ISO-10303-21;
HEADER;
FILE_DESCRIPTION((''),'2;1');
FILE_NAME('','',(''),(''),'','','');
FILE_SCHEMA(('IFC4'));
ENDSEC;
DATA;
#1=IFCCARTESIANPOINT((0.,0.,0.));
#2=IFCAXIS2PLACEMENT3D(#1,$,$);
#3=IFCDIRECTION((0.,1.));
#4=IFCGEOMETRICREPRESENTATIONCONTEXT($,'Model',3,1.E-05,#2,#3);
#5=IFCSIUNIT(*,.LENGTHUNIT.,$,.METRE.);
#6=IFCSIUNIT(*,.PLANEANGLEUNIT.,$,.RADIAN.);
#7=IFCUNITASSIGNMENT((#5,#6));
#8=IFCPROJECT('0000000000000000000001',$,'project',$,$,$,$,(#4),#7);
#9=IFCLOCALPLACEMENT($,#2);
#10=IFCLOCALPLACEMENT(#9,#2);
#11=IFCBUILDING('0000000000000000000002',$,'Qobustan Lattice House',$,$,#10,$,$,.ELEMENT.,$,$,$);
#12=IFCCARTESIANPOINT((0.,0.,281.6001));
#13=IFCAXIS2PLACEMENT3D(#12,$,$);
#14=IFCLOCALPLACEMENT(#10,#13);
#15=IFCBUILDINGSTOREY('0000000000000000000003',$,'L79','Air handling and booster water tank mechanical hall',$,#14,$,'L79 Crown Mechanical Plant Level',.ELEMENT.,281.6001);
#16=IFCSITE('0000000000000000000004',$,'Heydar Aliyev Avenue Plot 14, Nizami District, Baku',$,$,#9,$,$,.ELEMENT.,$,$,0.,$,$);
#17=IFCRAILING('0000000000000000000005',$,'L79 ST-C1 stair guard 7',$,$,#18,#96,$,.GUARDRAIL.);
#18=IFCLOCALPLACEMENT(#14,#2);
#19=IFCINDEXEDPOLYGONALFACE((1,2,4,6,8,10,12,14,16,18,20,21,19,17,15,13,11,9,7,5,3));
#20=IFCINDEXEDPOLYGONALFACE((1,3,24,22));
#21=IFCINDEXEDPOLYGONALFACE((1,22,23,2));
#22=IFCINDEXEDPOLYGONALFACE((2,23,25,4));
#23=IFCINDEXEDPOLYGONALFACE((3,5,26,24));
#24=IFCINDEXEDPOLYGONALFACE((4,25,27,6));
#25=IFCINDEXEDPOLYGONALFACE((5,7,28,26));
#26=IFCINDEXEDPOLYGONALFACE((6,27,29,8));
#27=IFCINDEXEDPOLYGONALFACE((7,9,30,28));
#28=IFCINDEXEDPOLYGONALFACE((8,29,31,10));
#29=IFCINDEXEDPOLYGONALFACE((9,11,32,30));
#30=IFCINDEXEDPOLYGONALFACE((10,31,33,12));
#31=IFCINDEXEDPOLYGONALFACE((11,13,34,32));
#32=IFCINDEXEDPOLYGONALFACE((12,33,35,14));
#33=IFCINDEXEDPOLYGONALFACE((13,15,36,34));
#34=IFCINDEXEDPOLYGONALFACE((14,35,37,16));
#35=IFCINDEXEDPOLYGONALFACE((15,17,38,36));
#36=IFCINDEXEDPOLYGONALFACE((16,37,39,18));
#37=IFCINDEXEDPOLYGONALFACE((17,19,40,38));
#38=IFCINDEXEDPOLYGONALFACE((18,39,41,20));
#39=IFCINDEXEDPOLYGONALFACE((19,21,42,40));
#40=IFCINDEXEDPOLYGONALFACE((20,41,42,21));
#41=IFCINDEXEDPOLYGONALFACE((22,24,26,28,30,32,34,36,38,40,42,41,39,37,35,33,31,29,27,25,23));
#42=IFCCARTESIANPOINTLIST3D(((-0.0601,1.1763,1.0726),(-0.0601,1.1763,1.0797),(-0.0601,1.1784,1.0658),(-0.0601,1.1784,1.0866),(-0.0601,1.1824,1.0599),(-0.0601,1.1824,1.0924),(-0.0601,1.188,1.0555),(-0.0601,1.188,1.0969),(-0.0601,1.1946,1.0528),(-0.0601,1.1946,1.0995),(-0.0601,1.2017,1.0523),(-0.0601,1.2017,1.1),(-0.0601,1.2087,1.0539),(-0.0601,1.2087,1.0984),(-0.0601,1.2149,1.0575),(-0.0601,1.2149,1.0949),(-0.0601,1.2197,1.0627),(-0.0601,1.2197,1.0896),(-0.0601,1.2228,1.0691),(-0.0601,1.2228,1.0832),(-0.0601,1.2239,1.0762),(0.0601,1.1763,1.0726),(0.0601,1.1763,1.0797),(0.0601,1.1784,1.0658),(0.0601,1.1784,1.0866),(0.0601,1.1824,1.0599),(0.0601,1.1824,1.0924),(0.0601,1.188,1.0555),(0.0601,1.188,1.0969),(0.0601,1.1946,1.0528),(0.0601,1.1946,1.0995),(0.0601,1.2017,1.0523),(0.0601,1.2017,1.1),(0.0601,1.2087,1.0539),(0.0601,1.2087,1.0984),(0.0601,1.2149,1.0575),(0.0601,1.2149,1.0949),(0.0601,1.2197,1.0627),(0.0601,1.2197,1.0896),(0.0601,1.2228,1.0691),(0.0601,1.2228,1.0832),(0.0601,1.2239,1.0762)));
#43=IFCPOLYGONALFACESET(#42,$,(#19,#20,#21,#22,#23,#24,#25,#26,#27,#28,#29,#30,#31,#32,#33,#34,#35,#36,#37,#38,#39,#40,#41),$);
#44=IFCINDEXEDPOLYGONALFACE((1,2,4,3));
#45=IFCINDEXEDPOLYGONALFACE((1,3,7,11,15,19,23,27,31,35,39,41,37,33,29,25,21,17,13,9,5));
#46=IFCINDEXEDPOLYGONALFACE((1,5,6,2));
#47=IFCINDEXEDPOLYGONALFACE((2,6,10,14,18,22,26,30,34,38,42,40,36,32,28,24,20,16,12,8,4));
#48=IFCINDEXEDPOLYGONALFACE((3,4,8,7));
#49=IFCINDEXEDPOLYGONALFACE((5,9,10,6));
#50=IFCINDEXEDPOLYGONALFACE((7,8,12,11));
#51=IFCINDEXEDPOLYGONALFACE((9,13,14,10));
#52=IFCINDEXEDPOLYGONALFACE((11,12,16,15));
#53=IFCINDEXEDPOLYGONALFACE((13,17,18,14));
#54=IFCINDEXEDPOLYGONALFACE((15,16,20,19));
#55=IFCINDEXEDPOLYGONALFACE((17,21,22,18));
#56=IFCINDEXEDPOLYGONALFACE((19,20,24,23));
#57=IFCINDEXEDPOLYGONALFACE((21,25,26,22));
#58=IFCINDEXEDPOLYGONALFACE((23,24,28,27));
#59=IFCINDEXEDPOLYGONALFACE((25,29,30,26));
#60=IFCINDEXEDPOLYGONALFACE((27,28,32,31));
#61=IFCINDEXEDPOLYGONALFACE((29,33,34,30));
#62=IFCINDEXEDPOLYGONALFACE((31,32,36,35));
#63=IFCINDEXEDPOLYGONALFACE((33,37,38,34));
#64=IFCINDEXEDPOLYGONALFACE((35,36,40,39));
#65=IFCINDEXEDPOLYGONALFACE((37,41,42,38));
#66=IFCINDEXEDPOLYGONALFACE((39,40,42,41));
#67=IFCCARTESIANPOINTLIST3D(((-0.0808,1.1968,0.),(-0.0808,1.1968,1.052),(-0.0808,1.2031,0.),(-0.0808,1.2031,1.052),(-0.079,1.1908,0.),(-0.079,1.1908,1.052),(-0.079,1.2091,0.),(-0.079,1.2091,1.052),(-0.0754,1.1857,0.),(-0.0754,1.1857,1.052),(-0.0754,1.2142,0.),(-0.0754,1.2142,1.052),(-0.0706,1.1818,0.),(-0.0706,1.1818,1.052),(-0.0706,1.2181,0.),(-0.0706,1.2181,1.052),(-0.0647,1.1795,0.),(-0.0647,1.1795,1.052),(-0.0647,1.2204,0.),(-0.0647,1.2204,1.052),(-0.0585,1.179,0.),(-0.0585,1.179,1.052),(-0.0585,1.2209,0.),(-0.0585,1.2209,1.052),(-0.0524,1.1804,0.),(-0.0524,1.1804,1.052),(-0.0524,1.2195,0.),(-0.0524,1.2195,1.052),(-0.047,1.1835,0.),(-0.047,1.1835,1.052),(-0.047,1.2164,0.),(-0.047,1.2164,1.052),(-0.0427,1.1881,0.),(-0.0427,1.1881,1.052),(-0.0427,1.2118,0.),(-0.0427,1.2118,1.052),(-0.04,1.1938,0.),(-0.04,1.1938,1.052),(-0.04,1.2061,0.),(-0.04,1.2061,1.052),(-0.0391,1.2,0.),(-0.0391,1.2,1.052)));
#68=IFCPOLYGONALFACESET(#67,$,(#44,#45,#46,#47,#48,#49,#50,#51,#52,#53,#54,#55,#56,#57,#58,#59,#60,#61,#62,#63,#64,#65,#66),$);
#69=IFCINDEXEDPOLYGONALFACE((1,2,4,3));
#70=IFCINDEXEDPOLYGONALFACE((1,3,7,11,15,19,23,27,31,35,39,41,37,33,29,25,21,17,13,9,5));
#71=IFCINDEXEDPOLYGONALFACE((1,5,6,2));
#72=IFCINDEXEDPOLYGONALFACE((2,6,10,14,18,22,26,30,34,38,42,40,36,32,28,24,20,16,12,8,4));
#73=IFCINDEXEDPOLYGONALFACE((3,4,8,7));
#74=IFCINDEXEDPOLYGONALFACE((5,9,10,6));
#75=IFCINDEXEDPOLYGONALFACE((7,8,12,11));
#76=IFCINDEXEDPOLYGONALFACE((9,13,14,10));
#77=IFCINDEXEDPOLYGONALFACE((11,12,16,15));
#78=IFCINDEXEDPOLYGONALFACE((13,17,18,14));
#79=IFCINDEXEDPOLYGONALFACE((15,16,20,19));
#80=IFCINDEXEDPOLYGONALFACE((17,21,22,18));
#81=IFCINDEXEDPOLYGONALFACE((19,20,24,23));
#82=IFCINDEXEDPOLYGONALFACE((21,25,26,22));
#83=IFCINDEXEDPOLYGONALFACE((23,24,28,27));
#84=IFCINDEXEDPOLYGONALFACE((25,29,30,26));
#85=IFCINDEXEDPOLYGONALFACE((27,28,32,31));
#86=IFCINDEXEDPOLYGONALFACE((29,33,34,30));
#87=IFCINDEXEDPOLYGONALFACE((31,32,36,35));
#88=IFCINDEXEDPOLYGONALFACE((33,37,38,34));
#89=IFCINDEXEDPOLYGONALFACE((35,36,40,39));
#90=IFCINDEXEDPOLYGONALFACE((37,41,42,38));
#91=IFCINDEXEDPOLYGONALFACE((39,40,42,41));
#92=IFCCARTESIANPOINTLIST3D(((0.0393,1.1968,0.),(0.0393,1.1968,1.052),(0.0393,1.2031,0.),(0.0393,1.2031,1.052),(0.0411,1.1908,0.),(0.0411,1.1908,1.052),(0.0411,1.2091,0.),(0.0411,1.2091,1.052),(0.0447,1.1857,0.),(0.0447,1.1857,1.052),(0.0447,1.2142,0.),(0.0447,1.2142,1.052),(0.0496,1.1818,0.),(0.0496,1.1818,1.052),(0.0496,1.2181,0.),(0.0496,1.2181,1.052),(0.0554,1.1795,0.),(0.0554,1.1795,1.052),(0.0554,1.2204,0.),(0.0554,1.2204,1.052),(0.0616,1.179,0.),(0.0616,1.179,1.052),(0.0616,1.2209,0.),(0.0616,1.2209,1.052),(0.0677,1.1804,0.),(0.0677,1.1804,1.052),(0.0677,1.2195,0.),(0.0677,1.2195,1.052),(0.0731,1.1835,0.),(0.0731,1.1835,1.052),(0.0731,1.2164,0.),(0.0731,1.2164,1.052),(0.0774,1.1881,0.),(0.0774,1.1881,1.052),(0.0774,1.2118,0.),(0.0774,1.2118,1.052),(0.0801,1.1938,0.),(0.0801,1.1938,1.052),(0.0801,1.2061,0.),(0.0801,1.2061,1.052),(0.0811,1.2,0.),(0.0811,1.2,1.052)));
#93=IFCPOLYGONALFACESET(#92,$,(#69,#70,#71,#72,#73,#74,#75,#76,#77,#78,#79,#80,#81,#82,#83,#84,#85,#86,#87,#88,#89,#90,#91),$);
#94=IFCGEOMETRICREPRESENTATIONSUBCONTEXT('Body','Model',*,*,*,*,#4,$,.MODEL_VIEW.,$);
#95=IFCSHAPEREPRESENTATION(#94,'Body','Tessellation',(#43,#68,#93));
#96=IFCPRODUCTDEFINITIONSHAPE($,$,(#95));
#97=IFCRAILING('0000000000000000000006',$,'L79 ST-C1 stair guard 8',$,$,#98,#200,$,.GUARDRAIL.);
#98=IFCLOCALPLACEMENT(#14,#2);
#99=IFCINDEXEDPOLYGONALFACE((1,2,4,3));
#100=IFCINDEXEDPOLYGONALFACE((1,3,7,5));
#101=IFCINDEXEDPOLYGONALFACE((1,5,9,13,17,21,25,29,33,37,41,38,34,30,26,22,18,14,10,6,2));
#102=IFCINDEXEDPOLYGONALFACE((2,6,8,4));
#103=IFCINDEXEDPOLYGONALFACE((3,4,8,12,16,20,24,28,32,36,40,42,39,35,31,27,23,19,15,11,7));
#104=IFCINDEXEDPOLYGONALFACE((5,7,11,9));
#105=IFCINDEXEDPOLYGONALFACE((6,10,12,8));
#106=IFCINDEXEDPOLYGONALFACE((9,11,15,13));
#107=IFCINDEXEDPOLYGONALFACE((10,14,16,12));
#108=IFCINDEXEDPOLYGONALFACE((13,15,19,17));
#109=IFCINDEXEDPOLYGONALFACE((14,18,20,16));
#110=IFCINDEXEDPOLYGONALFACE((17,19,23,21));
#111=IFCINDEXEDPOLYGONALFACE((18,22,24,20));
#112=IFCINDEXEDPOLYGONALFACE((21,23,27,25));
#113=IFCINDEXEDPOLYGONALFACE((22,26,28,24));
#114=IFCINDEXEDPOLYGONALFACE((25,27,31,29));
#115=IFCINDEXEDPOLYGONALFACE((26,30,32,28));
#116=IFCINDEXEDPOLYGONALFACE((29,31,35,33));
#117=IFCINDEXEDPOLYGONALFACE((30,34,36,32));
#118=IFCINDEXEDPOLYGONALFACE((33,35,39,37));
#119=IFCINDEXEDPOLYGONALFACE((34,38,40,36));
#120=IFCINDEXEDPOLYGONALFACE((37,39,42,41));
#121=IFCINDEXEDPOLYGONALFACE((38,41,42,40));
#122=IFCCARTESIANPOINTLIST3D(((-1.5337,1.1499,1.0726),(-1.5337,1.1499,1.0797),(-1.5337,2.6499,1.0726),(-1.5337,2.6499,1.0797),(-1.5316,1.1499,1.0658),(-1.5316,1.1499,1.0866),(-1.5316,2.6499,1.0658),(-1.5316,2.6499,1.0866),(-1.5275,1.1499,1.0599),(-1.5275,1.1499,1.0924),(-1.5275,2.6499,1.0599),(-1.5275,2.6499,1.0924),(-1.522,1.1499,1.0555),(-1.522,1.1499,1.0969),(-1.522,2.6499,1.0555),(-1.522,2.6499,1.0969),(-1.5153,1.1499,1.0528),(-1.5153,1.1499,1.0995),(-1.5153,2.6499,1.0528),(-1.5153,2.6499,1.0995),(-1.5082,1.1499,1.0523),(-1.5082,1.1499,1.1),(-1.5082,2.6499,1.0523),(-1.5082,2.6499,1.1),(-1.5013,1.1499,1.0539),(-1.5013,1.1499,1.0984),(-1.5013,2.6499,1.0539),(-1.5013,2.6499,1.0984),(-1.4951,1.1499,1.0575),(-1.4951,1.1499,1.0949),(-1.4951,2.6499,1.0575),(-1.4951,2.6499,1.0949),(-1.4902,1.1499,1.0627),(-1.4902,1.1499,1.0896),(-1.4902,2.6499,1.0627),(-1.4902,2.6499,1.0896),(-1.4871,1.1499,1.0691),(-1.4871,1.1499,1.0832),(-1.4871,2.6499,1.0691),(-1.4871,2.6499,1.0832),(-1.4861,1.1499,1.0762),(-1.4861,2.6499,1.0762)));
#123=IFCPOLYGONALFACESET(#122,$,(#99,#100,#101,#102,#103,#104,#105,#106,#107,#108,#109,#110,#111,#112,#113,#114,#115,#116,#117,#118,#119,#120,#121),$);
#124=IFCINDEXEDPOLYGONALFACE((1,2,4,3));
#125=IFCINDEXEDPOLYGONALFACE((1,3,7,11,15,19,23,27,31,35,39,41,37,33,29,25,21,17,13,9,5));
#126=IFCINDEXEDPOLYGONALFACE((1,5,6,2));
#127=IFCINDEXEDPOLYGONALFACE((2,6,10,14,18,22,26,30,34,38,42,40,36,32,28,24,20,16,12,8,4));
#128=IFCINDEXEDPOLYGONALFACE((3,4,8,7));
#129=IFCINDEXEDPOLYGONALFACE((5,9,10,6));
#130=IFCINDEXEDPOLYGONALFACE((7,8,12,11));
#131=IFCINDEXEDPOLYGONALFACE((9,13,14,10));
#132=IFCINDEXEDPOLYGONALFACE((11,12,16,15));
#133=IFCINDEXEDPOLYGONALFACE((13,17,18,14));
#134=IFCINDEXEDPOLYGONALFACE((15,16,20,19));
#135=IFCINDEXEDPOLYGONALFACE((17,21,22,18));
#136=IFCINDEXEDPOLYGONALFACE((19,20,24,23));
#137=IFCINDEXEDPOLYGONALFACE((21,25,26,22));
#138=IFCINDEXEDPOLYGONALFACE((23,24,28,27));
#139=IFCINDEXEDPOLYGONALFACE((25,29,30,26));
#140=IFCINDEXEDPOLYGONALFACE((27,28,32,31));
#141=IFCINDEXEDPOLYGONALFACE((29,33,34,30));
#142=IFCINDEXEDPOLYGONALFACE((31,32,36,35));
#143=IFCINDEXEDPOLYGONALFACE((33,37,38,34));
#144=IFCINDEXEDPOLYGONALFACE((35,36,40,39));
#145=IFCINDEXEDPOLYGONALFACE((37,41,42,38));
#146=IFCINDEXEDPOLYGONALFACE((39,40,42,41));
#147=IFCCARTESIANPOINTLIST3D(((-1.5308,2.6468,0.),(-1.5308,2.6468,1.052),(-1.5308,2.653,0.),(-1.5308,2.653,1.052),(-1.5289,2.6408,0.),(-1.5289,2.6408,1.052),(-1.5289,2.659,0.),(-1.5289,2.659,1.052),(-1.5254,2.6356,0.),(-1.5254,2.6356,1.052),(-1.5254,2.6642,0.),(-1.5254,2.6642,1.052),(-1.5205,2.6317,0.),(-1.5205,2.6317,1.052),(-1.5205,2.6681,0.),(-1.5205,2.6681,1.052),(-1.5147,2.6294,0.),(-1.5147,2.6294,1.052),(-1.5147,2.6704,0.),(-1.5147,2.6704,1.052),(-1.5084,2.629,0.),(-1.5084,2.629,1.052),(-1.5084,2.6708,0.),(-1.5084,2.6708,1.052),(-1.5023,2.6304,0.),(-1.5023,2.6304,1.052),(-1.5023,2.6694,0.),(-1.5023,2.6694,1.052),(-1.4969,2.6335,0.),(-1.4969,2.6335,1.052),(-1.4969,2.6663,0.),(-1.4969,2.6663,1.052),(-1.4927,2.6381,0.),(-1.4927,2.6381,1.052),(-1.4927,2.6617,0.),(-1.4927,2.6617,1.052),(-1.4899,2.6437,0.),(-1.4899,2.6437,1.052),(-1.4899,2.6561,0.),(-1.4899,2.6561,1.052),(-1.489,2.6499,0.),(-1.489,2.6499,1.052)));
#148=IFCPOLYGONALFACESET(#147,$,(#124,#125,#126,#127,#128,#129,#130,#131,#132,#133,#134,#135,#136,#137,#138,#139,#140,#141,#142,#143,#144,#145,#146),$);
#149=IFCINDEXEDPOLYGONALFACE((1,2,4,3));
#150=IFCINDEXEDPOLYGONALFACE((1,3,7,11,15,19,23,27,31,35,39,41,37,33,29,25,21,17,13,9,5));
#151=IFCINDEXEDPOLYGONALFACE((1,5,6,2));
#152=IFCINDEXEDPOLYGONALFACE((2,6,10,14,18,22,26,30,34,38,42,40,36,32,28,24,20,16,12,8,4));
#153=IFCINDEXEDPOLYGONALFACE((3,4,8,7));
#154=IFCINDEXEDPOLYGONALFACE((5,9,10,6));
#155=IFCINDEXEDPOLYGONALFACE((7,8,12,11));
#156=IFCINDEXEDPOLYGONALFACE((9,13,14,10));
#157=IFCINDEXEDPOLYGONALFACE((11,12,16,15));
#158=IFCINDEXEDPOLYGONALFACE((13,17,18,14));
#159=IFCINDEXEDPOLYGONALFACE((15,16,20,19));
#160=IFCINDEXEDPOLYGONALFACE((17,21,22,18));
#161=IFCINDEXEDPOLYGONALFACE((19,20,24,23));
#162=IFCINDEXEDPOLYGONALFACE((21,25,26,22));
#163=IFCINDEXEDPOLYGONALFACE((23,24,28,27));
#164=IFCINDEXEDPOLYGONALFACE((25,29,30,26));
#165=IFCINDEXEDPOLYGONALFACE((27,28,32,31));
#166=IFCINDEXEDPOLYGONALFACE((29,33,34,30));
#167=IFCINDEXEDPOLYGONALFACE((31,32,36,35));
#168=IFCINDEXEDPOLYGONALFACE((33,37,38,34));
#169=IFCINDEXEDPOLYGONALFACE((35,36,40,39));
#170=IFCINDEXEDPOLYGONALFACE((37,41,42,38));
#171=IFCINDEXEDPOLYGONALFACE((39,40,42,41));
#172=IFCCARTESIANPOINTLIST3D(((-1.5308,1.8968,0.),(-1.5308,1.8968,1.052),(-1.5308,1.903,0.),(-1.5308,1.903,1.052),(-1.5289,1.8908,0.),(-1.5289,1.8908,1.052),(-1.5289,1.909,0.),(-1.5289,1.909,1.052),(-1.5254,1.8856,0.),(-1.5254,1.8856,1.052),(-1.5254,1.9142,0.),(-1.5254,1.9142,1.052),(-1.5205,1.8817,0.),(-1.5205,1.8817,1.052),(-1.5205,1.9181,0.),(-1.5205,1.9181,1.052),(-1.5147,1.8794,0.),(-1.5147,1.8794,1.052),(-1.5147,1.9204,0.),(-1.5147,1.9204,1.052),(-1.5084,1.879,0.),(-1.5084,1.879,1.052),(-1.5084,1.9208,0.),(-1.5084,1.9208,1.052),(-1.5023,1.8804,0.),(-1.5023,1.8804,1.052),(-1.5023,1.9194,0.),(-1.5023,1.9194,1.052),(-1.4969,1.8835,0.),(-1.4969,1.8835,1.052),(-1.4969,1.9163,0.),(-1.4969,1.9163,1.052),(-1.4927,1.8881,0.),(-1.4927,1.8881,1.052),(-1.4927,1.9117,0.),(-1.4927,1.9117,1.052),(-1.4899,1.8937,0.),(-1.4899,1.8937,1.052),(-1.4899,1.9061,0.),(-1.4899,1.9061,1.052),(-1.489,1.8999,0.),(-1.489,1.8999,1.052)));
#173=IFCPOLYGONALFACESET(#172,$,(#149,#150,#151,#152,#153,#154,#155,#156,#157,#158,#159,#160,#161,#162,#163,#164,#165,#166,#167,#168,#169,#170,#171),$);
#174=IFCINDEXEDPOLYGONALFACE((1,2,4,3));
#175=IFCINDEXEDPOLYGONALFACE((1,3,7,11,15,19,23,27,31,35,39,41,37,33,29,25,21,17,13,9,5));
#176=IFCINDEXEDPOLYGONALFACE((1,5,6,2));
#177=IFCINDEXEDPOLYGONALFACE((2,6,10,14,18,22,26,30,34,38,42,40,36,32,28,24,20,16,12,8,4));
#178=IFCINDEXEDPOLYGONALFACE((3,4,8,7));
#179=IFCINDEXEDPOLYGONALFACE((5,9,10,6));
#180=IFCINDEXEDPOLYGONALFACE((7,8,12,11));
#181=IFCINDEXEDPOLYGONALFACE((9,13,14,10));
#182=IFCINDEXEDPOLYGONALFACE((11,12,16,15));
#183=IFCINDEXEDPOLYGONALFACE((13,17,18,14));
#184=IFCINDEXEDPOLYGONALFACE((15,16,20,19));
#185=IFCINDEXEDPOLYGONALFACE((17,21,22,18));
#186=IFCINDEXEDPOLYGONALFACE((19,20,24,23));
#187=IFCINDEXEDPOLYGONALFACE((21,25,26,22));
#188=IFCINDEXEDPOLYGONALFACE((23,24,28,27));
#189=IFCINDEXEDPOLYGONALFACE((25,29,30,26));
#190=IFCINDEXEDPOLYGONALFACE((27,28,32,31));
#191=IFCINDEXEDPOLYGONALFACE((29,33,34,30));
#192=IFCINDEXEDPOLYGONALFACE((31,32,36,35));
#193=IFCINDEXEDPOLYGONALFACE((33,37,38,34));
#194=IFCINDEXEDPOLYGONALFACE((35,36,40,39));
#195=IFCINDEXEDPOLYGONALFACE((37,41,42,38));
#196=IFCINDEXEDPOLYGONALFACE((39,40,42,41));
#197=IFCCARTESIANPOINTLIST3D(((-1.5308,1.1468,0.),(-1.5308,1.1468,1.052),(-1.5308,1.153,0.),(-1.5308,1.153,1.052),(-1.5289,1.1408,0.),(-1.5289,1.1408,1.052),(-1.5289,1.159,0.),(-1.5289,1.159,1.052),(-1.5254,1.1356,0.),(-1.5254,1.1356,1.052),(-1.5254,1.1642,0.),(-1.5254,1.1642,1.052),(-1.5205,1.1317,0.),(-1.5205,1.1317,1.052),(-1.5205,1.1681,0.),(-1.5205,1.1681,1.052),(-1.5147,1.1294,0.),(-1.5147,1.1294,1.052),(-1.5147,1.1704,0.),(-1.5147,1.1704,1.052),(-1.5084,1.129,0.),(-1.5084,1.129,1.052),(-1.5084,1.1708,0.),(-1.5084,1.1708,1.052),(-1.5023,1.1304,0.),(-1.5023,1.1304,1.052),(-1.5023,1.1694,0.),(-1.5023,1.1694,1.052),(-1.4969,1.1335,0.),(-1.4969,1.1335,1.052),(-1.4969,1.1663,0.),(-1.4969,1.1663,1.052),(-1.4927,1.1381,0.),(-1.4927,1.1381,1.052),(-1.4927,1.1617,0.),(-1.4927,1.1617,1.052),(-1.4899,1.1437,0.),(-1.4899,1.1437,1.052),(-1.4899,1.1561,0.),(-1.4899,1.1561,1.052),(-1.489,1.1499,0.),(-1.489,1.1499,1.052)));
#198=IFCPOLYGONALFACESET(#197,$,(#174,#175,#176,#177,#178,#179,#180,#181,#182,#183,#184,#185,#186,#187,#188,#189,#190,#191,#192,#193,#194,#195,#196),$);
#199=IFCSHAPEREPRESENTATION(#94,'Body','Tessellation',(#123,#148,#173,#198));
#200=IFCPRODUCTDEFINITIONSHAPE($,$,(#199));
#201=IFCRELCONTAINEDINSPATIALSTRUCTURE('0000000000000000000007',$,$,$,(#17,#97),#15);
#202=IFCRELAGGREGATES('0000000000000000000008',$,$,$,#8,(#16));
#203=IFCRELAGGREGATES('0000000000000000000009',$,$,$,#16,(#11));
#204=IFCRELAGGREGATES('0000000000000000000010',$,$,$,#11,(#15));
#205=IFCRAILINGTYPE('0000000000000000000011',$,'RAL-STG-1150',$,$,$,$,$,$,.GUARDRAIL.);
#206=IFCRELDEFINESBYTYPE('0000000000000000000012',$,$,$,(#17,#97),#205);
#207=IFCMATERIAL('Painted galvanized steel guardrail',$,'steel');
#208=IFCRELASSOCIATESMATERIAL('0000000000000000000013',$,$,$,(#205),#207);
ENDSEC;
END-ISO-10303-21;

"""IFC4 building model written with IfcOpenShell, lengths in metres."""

from ifc_helpers import new_model, si_unit, direction, frame, origin, origin_2d, place, context, subcontext, project, spatial, circle, extrude, material, type_object, element, save


model = new_model("IFC4")

# Units and contexts
model_context = context("Model", 3, precision=1e-05, world=origin(), true_north=direction((0.0, 1.0)))
body_context = subcontext(model_context, "Body", "Model", "MODEL_VIEW")
ifc_project = project(units=[si_unit("LENGTHUNIT", "METRE"), si_unit("PLANEANGLEUNIT", "RADIAN")], contexts=[model_context])

# Site, building, storey
site_placement = place(None, origin())
site = spatial("IfcSite", under=ifc_project, at=site_placement, Name="Heydar Aliyev Avenue Plot 14, Nizami District, Baku", CompositionType="ELEMENT", RefElevation=0.0)
building_placement = place(site_placement, origin())
building = spatial("IfcBuilding", under=site, at=building_placement, Name="Qobustan Lattice House", CompositionType="ELEMENT")
storey_placement = place(building_placement, frame((0.0, 0.0, 281.6001)))
storey = spatial("IfcBuildingStorey", under=building, at=storey_placement, Name="L79", Description="Air handling and booster water tank mechanical hall", LongName="L79 Crown Mechanical Plant Level", CompositionType="ELEMENT", Elevation=281.6001)

# Railings
ifc_material_1 = material(Name="Painted galvanized steel guardrail", Category="steel")
railing_type_1 = type_object("IfcRailingType", Name="RAL-STG-1150", PredefinedType="GUARDRAIL", material=ifc_material_1)
railing_1_placement = place(storey_placement, frame((-0.0601, 1.2, 0.0)))
element("IfcRailing", 1, at=railing_1_placement, inside=storey, type_object=railing_type_1, Name="L79 ST-C1 stair guard 7", PredefinedType="GUARDRAIL", context=body_context, shape_type="SweptSolid", body=[
    extrude(circle(Radius=0.0239, at=origin_2d()), frame((0.0, 0.0, 1.0762), z_axis=(1.0, 0.0, 0.0), x_axis=(0.0, 1.0, 0.0)), (0.0, 0.0, 1.0), 0.1201),
    extrude(circle(Radius=0.021, at=origin_2d()), origin(), (0.0, 0.0, 1.0), 1.052),
    extrude(circle(Radius=0.021, at=origin_2d()), frame((0.1201, 0.0, 0.0)), (0.0, 0.0, 1.0), 1.052),
])
railing_2_placement = place(storey_placement, frame((-1.51, 2.6499, 0.0)))
element("IfcRailing", 2, at=railing_2_placement, inside=storey, type_object=railing_type_1, Name="L79 ST-C1 stair guard 8", PredefinedType="GUARDRAIL", context=body_context, shape_type="SweptSolid", body=[
    extrude(circle(Radius=0.0239, at=origin_2d()), frame((0.0, 0.0, 1.0762), z_axis=(0.0, -1.0, 0.0), x_axis=(1.0, 0.0, 0.0)), (0.0, 0.0, 1.0), 1.5),
    extrude(circle(Radius=0.021, at=origin_2d()), origin(), (0.0, 0.0, 1.0), 1.052),
    extrude(circle(Radius=0.021, at=origin_2d()), frame((0.0, -0.75, 0.0)), (0.0, 0.0, 1.0), 1.052),
    extrude(circle(Radius=0.021, at=origin_2d()), frame((0.0, -1.5, 0.0)), (0.0, 0.0, 1.0), 1.052),
])

save(model, "model.ifc")
